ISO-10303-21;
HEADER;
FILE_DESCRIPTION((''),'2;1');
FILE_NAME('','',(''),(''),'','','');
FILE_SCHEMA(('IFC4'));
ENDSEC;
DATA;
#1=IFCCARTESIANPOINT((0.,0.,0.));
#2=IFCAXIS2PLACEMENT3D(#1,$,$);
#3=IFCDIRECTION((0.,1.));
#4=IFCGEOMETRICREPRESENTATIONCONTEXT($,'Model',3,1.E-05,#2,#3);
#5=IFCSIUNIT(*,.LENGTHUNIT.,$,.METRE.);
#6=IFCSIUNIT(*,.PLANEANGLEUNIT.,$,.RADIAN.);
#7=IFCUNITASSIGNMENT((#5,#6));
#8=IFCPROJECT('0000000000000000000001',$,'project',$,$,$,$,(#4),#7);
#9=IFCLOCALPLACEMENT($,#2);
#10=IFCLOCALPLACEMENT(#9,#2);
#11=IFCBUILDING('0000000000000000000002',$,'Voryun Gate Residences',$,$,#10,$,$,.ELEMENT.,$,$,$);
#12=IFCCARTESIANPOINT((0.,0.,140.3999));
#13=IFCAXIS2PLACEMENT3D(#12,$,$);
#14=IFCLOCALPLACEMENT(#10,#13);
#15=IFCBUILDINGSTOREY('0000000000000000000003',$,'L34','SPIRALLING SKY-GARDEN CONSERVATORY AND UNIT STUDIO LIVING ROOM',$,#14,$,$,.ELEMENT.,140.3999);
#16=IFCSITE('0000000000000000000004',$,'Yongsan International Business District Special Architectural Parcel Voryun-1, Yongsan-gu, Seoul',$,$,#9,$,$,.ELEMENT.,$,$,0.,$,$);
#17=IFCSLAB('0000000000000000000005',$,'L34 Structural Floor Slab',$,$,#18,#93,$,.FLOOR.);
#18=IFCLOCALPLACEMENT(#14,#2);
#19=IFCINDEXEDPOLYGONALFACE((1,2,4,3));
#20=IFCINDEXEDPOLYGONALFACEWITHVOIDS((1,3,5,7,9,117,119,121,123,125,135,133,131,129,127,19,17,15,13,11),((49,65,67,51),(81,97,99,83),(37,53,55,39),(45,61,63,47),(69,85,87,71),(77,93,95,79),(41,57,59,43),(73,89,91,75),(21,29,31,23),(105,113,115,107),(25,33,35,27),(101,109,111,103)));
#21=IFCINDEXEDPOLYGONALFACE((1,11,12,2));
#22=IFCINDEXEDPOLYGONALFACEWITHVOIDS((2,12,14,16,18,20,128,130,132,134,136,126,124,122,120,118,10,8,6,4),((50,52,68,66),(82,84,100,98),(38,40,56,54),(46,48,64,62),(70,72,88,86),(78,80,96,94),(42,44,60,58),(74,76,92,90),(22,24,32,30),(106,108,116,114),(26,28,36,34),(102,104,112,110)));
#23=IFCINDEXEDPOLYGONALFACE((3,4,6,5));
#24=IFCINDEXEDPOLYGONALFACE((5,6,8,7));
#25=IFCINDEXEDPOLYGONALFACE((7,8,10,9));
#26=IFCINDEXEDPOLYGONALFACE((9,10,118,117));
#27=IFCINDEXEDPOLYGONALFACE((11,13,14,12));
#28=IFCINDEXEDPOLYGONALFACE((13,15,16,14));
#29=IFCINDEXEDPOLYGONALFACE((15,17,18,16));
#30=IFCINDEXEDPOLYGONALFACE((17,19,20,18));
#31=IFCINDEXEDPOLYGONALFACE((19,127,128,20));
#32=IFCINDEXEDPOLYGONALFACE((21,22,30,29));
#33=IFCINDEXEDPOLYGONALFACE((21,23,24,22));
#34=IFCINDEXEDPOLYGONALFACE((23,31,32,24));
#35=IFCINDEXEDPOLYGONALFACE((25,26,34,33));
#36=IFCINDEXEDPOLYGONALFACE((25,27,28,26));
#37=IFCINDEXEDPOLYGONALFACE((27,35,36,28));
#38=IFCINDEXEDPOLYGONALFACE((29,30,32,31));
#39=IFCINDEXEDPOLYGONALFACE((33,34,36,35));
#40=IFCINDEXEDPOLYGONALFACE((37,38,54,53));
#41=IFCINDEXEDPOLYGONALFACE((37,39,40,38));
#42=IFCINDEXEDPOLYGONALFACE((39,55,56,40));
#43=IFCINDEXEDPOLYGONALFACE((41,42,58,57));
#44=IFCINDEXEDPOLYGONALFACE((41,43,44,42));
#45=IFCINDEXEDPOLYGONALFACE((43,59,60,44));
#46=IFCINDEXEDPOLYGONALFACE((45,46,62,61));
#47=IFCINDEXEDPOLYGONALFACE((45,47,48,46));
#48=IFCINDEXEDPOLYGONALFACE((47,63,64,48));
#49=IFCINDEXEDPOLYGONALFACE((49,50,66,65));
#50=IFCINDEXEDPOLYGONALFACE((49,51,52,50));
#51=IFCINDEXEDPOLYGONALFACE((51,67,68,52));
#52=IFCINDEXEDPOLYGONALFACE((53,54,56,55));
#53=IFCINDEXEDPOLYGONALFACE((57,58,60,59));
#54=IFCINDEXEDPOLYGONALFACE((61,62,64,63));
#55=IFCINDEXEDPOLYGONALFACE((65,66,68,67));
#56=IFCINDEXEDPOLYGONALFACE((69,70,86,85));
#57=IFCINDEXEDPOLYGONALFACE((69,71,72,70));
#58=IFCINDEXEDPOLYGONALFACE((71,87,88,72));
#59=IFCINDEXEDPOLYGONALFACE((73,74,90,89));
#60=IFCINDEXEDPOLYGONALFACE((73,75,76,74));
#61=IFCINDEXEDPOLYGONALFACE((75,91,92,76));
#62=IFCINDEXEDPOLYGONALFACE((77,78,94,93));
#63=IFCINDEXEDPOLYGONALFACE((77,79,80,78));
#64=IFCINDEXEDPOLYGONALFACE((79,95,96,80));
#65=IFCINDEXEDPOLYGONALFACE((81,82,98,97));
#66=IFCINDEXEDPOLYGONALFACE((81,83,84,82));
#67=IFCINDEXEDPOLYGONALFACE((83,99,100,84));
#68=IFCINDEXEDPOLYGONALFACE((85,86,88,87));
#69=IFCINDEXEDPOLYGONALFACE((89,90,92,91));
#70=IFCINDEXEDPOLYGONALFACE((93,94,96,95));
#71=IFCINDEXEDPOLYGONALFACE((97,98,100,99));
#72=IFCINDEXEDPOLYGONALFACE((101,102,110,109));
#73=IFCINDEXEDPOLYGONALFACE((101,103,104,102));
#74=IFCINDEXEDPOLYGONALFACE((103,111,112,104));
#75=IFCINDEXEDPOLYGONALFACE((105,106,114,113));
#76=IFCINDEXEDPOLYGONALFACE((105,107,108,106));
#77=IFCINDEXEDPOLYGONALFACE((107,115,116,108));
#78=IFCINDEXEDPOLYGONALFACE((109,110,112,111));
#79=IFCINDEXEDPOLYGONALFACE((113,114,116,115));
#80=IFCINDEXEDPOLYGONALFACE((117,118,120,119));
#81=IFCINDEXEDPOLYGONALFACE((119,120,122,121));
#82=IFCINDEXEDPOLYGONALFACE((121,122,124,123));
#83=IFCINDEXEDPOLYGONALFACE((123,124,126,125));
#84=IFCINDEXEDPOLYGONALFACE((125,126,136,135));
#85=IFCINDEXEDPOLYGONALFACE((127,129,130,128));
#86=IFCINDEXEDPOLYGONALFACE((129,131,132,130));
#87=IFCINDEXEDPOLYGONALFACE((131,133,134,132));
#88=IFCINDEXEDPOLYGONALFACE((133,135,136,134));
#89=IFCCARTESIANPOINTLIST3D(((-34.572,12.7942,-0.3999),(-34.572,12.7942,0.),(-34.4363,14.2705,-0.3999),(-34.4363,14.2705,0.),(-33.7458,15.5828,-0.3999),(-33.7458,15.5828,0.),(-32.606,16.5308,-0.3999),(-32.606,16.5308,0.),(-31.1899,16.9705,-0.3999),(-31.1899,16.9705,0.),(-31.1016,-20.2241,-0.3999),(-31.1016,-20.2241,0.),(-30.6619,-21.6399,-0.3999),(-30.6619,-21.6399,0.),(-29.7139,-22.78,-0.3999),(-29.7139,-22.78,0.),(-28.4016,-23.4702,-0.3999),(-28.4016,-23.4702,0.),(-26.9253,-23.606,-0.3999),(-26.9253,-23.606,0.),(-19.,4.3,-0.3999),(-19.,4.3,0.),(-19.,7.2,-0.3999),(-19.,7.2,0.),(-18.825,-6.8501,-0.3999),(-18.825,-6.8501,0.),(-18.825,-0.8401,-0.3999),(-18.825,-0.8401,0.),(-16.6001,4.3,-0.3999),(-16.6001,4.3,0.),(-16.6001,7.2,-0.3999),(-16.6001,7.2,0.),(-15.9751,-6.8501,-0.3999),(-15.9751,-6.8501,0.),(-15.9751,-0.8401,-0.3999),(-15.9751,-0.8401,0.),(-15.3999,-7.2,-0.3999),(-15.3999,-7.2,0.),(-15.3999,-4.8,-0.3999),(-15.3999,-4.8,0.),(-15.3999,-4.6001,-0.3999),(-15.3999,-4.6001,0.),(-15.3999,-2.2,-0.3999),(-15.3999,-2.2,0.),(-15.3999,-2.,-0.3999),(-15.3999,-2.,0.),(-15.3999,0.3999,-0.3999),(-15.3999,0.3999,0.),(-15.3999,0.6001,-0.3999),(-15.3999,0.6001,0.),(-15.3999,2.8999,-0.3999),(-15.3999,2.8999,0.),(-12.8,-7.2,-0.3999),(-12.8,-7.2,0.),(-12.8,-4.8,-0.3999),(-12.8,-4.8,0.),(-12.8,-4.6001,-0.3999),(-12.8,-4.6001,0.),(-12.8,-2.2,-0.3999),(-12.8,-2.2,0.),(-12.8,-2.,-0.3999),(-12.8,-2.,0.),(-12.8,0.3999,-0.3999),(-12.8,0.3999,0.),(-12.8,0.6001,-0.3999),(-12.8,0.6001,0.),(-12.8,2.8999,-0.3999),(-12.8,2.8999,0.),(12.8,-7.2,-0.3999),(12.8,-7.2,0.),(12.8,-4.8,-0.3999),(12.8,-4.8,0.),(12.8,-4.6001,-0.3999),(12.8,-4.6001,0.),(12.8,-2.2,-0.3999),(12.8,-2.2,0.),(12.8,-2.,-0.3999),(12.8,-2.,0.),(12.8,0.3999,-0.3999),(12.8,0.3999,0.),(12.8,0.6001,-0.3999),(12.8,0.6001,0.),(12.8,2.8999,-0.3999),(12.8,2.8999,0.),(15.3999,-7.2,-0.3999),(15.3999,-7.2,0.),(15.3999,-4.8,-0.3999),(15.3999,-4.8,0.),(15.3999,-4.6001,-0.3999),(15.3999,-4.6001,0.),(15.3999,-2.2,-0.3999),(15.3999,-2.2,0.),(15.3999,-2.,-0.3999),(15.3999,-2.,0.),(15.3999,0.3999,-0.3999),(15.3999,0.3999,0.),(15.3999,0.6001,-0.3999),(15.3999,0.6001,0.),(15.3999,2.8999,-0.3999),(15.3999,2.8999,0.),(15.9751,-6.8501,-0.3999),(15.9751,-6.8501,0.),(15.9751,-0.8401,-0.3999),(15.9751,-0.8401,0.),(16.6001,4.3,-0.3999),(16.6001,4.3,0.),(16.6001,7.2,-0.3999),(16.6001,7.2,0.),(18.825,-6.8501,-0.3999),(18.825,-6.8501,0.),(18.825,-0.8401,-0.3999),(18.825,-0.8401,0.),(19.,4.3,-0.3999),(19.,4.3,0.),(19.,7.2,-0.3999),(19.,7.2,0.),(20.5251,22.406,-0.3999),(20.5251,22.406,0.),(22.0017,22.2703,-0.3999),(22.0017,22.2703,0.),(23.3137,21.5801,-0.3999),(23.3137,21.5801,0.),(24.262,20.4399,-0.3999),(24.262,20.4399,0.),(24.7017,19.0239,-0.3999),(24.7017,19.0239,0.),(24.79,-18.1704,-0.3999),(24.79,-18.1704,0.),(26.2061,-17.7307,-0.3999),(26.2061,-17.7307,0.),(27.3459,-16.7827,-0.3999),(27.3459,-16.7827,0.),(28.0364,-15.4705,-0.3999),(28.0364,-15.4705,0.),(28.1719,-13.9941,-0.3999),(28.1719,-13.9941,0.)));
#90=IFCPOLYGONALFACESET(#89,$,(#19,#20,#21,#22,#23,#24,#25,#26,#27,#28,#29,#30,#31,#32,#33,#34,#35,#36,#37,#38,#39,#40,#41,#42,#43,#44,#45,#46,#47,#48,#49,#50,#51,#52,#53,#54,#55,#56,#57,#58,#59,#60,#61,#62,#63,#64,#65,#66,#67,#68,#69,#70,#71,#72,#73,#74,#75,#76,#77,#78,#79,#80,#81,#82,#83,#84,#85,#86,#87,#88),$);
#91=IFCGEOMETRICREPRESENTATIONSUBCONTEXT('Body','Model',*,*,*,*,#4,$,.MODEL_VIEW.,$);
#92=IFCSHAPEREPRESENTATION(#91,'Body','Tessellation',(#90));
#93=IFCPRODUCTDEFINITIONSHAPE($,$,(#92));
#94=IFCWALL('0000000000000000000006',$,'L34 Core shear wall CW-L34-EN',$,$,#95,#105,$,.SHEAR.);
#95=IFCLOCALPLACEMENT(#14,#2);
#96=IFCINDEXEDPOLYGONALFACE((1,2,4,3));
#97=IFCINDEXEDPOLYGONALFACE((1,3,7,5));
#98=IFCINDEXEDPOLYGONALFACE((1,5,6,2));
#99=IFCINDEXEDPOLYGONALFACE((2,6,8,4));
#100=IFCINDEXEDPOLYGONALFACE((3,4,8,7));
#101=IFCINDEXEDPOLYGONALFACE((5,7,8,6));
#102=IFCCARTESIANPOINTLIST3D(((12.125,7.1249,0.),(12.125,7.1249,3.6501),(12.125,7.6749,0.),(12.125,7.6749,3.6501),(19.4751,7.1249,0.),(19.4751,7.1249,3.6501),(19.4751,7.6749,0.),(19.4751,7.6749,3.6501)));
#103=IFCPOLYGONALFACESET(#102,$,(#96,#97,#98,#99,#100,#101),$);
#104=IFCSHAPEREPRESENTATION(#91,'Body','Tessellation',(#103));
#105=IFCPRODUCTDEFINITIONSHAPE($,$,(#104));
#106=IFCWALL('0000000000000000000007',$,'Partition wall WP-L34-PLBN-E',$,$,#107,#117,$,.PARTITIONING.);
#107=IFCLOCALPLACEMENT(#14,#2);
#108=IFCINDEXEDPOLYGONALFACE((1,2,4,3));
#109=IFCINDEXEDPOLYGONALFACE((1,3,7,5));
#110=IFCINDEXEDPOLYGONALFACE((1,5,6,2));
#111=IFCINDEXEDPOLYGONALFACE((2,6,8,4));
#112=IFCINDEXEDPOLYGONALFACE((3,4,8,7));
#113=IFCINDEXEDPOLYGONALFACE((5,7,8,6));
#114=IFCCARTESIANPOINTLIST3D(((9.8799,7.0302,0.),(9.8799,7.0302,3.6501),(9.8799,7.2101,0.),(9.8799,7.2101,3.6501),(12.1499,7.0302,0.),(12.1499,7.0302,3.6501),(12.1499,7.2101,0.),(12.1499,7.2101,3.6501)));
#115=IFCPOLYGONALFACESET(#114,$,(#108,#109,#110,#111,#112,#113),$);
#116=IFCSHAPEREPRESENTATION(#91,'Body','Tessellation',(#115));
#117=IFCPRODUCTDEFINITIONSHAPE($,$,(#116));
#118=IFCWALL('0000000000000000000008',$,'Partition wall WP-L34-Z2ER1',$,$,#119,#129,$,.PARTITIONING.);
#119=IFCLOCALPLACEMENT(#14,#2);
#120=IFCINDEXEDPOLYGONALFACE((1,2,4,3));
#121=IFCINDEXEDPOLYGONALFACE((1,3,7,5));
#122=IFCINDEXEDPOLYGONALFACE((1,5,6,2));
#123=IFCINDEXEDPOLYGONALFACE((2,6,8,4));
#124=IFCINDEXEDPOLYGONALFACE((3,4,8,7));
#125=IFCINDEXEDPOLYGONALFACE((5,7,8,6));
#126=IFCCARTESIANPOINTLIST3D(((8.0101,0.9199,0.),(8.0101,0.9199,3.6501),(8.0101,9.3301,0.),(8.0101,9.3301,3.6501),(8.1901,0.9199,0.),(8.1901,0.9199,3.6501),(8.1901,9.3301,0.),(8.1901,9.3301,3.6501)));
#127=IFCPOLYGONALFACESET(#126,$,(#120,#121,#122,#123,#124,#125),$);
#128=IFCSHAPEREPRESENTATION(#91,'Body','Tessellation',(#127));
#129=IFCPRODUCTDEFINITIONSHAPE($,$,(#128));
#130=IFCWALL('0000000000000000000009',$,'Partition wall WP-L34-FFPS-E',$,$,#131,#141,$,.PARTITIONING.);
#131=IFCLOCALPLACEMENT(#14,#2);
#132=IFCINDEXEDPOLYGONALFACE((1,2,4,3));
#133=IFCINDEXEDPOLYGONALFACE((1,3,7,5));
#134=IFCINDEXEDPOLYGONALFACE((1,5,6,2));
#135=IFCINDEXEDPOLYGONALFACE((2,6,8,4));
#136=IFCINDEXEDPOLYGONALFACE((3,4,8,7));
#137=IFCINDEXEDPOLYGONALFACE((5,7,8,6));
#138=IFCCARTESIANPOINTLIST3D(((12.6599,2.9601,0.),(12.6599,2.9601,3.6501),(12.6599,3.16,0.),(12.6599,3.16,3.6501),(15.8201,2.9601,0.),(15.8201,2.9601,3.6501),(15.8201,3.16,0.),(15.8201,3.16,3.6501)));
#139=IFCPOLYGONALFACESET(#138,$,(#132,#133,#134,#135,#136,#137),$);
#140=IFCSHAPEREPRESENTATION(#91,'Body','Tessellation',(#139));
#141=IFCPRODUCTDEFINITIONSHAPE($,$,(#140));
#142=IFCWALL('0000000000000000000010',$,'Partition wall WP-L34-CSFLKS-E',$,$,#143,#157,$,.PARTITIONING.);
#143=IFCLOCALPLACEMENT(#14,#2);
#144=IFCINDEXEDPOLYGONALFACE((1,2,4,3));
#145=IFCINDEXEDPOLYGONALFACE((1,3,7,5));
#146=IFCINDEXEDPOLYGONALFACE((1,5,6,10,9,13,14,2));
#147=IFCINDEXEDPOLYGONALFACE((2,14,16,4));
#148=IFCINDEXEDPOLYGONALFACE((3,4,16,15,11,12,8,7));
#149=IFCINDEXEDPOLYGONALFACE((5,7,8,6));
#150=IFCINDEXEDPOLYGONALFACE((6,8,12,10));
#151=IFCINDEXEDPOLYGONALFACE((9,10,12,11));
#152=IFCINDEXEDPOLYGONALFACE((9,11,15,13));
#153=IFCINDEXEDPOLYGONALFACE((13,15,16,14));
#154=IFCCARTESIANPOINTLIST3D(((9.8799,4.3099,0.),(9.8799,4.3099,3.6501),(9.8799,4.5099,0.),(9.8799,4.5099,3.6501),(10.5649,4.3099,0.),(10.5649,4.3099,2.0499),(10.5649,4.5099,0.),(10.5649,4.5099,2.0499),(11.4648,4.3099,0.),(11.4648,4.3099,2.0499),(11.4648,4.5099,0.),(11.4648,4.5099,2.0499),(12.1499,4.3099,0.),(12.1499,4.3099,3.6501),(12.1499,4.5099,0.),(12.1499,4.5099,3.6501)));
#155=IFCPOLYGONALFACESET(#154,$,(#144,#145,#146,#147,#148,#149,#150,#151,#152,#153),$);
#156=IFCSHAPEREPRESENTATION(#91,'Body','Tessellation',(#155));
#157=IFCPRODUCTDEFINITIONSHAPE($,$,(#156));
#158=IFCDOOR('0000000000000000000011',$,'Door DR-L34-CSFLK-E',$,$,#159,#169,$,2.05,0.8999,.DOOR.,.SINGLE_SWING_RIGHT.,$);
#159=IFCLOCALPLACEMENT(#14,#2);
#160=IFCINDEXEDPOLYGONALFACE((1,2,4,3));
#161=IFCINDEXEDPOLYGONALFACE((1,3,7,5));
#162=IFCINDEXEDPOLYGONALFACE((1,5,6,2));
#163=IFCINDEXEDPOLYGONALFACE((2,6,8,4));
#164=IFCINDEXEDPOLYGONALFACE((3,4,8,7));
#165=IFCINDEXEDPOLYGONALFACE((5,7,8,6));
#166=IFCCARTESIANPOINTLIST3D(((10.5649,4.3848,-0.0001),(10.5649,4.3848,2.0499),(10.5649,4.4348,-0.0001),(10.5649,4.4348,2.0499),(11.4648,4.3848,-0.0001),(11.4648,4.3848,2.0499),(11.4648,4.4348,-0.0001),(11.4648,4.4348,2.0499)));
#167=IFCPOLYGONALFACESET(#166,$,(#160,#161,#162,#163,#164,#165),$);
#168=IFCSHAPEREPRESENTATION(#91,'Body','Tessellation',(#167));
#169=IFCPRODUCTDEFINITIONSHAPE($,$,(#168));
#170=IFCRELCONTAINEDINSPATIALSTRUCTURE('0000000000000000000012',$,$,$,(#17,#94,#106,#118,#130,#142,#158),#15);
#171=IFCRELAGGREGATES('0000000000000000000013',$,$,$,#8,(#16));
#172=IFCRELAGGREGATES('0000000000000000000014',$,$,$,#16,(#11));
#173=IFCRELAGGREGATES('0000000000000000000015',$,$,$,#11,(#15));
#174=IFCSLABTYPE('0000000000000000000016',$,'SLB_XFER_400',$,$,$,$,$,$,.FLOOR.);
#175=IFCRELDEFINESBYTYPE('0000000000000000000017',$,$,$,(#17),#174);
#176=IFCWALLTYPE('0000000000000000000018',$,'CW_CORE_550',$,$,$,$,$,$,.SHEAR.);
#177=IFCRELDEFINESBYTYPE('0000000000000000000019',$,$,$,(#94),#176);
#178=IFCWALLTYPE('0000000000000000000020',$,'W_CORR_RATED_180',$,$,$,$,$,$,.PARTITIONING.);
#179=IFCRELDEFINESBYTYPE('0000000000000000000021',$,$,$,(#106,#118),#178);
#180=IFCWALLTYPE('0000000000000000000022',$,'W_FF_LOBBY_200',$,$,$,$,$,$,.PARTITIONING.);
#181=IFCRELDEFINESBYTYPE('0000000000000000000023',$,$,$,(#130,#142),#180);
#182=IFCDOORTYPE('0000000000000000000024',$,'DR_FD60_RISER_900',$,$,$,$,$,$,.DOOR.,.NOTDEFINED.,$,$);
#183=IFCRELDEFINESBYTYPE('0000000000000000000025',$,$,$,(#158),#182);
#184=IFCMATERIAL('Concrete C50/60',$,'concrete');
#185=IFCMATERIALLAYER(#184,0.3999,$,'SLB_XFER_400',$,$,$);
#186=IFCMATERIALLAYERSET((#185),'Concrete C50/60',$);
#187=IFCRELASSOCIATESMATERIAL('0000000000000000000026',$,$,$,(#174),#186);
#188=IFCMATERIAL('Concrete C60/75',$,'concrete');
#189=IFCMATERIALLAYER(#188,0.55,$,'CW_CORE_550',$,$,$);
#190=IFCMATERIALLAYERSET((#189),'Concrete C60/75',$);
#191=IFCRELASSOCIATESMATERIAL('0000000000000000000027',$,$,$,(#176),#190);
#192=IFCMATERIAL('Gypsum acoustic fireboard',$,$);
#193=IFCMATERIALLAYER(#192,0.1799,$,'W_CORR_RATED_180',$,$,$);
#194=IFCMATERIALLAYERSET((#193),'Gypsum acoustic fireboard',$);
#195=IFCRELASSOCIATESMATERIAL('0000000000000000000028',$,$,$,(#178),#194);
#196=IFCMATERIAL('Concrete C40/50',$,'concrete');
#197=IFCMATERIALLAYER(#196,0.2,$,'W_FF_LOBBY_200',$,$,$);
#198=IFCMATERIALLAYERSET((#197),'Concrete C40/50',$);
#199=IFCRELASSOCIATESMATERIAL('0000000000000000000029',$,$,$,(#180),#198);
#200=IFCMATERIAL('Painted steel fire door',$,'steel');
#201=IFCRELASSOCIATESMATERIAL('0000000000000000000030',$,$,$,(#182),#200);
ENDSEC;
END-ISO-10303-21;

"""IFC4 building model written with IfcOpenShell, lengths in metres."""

from ifc_helpers import new_model, si_unit, direction, frame, frame_2d, origin, place, context, subcontext, project, spatial, polyline, rectangle, outline, extrude, material, layer, layer_set, type_object, element, fill, save


model = new_model("IFC4")

# Units and contexts
model_context = context("Model", 3, precision=1e-05, world=origin(), true_north=direction((0.0, 1.0)))
body_context = subcontext(model_context, "Body", "Model", "MODEL_VIEW")
ifc_project = project(units=[si_unit("LENGTHUNIT", "METRE"), si_unit("PLANEANGLEUNIT", "RADIAN")], contexts=[model_context])

# Site, building, storey
site_placement = place(None, origin())
site = spatial("IfcSite", under=ifc_project, at=site_placement, Name="Yongsan International Business District Special Architectural Parcel Voryun-1, Yongsan-gu, Seoul", CompositionType="ELEMENT", RefElevation=0.0)
building_placement = place(site_placement, origin())
building = spatial("IfcBuilding", under=site, at=building_placement, Name="Voryun Gate Residences", CompositionType="ELEMENT")
storey_placement = place(building_placement, frame((0.0, 0.0, 140.3999)))
storey = spatial("IfcBuildingStorey", under=building, at=storey_placement, Name="L34", Description="SPIRALLING SKY-GARDEN CONSERVATORY AND UNIT STUDIO LIVING ROOM", CompositionType="ELEMENT", Elevation=140.3999)

# Slab
ifc_material_1 = material(Name="Concrete C50/60", Category="concrete")
ifc_layer_1 = layer(ifc_material_1, 0.3999, Name="SLB_XFER_400")
ifc_layer_set_1 = layer_set([ifc_layer_1], Name="Concrete C50/60")
slab_type_1 = type_object("IfcSlabType", Name="SLB_XFER_400", PredefinedType="FLOOR", material=ifc_layer_set_1)
slab_1_placement = place(storey_placement, frame((0.0, 0.0, -0.3999)))
element("IfcSlab", 1, at=slab_1_placement, inside=storey, type_object=slab_type_1, Name="L34 Structural Floor Slab", PredefinedType="FLOOR", context=body_context, shape_type="SweptSolid", body=[
    extrude(outline(polyline([(-26.9253, -23.606), (-28.4016, -23.4702), (-29.7139, -22.78), (-30.6619, -21.6399), (-31.1016, -20.2241), (-34.572, 12.7942), (-34.4363, 14.2705), (-33.7458, 15.5828), (-32.606, 16.5308), (-31.1899, 16.9705), (20.5251, 22.406), (22.0017, 22.2703), (23.3137, 21.5801), (24.262, 20.4399), (24.7017, 19.0239), (28.1719, -13.9941), (28.0364, -15.4705), (27.3459, -16.7827), (26.2061, -17.7307), (24.79, -18.1704), (-26.9253, -23.606)]), holes=[polyline([(-12.8, -4.8), (-15.3999, -4.8), (-15.3999, -7.2), (-12.8, -7.2), (-12.8, -4.8)]), polyline([(-18.825, -6.8501), (-15.9751, -6.8501), (-15.9751, -0.8401), (-18.825, -0.8401), (-18.825, -6.8501)]), polyline([(-12.8, -4.6001), (-12.8, -2.2), (-15.3999, -2.2), (-15.3999, -4.6001), (-12.8, -4.6001)]), polyline([(-12.8, 0.3999), (-15.3999, 0.3999), (-15.3999, -2.0), (-12.8, -2.0), (-12.8, 0.3999)]), polyline([(-12.8, 0.6001), (-12.8, 2.8999), (-15.3999, 2.8999), (-15.3999, 0.6001), (-12.8, 0.6001)]), polyline([(-16.6001, 4.3), (-16.6001, 7.2), (-19.0, 7.2), (-19.0, 4.3), (-16.6001, 4.3)]), polyline([(15.3999, -4.8), (12.8, -4.8), (12.8, -7.2), (15.3999, -7.2), (15.3999, -4.8)]), polyline([(15.9751, -6.8501), (18.825, -6.8501), (18.825, -0.8401), (15.9751, -0.8401), (15.9751, -6.8501)]), polyline([(15.3999, -4.6001), (15.3999, -2.2), (12.8, -2.2), (12.8, -4.6001), (15.3999, -4.6001)]), polyline([(15.3999, 0.3999), (12.8, 0.3999), (12.8, -2.0), (15.3999, -2.0), (15.3999, 0.3999)]), polyline([(15.3999, 0.6001), (15.3999, 2.8999), (12.8, 2.8999), (12.8, 0.6001), (15.3999, 0.6001)]), polyline([(19.0, 4.3), (19.0, 7.2), (16.6001, 7.2), (16.6001, 4.3), (19.0, 4.3)])]), origin(), (0.0, 0.0, 1.0), 0.3999),
])

# Walls
ifc_material_2 = material(Name="Concrete C60/75", Category="concrete")
ifc_layer_2 = layer(ifc_material_2, 0.55, Name="CW_CORE_550")
ifc_layer_set_2 = layer_set([ifc_layer_2], Name="Concrete C60/75")
wall_type_1 = type_object("IfcWallType", Name="CW_CORE_550", PredefinedType="SHEAR", material=ifc_layer_set_2)
wall_1_placement = place(storey_placement, frame((12.125, 7.3999, 0.0), z_axis=(0.0, 0.0, 1.0), x_axis=(1.0, 0.0, 0.0)))
element("IfcWall", 2, at=wall_1_placement, inside=storey, type_object=wall_type_1, Name="L34 Core shear wall CW-L34-EN", PredefinedType="SHEAR", context=body_context, shape_type="SweptSolid", body=[
    extrude(rectangle(XDim=7.3501, YDim=0.55, at=frame_2d((3.675, 0.0))), origin(), (0.0, 0.0, 1.0), 3.6501),
])
ifc_material_3 = material(Name="Gypsum acoustic fireboard")
ifc_layer_3 = layer(ifc_material_3, 0.1799, Name="W_CORR_RATED_180")
ifc_layer_set_3 = layer_set([ifc_layer_3], Name="Gypsum acoustic fireboard")
wall_type_2 = type_object("IfcWallType", Name="W_CORR_RATED_180", PredefinedType="PARTITIONING", material=ifc_layer_set_3)
wall_2_placement = place(storey_placement, frame((9.8799, 7.1201, 0.0), z_axis=(0.0, 0.0, 1.0), x_axis=(1.0, 0.0, 0.0)))
element("IfcWall", 3, at=wall_2_placement, inside=storey, type_object=wall_type_2, Name="Partition wall WP-L34-PLBN-E", PredefinedType="PARTITIONING", context=body_context, shape_type="SweptSolid", body=[
    extrude(rectangle(XDim=2.27, YDim=0.1799, at=frame_2d((1.135, 0.0))), origin(), (0.0, 0.0, 1.0), 3.6501),
])
wall_3_placement = place(storey_placement, frame((8.1001, 0.9199, 0.0), z_axis=(0.0, 0.0, 1.0), x_axis=(0.0, 1.0, 0.0)))
element("IfcWall", 4, at=wall_3_placement, inside=storey, type_object=wall_type_2, Name="Partition wall WP-L34-Z2ER1", PredefinedType="PARTITIONING", context=body_context, shape_type="SweptSolid", body=[
    extrude(rectangle(XDim=8.4102, YDim=0.1799, at=frame_2d((4.2051, 0.0))), origin(), (0.0, 0.0, 1.0), 3.6501),
])
ifc_material_4 = material(Name="Concrete C40/50", Category="concrete")
ifc_layer_4 = layer(ifc_material_4, 0.2, Name="W_FF_LOBBY_200")
ifc_layer_set_4 = layer_set([ifc_layer_4], Name="Concrete C40/50")
wall_type_3 = type_object("IfcWallType", Name="W_FF_LOBBY_200", PredefinedType="PARTITIONING", material=ifc_layer_set_4)
wall_4_placement = place(storey_placement, frame((12.6599, 3.0601, 0.0), z_axis=(0.0, 0.0, 1.0), x_axis=(1.0, 0.0, 0.0)))
element("IfcWall", 5, at=wall_4_placement, inside=storey, type_object=wall_type_3, Name="Partition wall WP-L34-FFPS-E", PredefinedType="PARTITIONING", context=body_context, shape_type="SweptSolid", body=[
    extrude(rectangle(XDim=3.1602, YDim=0.2, at=frame_2d((1.5801, 0.0))), origin(), (0.0, 0.0, 1.0), 3.6501),
])

# Wall, opening, door
wall_5_placement = place(storey_placement, frame((9.8799, 4.4099, 0.0), z_axis=(0.0, 0.0, 1.0), x_axis=(1.0, 0.0, 0.0)))
wall_5 = element("IfcWall", 6, at=wall_5_placement, inside=storey, type_object=wall_type_3, Name="Partition wall WP-L34-CSFLKS-E", PredefinedType="PARTITIONING", context=body_context, shape_type="SweptSolid", body=[
    extrude(rectangle(XDim=2.27, YDim=0.2, at=frame_2d((1.135, 0.0))), origin(), (0.0, 0.0, 1.0), 3.6501),
])
opening_placement = place(wall_5_placement, frame((0.6851, 0.0, 0.0)))
opening = element("IfcOpeningElement", 7, at=opening_placement, cuts=wall_5, PredefinedType="OPENING", context=body_context, shape_type="SweptSolid", body=[
    extrude(rectangle(XDim=0.8999, YDim=2.05, at=frame_2d((0.45, 1.0249))), frame((0.0, 0.1101, 0.0), z_axis=(0.0, -1.0, 0.0), x_axis=(1.0, 0.0, 0.0)), (0.0, 0.0, 1.0), 0.22),
])
ifc_material_5 = material(Name="Painted steel fire door", Category="steel")
door_type = type_object("IfcDoorType", Name="DR_FD60_RISER_900", OperationType="NOTDEFINED", PredefinedType="DOOR", material=ifc_material_5)
door_placement = place(opening_placement, origin())
door = element("IfcDoor", 8, at=door_placement, inside=storey, type_object=door_type, Name="Door DR-L34-CSFLK-E", OperationType="SINGLE_SWING_RIGHT", OverallHeight=2.05, OverallWidth=0.8999, PredefinedType="DOOR", context=body_context, shape_type="SweptSolid", body=[
    extrude(rectangle(XDim=0.8999, YDim=2.05, at=frame_2d((0.45, 1.0249))), frame((0.0, 0.0249, 0.0), z_axis=(0.0, -1.0, 0.0), x_axis=(1.0, 0.0, 0.0)), (0.0, 0.0, 1.0), 0.05),
])
fill(opening, door)

save(model, "model.ifc")
